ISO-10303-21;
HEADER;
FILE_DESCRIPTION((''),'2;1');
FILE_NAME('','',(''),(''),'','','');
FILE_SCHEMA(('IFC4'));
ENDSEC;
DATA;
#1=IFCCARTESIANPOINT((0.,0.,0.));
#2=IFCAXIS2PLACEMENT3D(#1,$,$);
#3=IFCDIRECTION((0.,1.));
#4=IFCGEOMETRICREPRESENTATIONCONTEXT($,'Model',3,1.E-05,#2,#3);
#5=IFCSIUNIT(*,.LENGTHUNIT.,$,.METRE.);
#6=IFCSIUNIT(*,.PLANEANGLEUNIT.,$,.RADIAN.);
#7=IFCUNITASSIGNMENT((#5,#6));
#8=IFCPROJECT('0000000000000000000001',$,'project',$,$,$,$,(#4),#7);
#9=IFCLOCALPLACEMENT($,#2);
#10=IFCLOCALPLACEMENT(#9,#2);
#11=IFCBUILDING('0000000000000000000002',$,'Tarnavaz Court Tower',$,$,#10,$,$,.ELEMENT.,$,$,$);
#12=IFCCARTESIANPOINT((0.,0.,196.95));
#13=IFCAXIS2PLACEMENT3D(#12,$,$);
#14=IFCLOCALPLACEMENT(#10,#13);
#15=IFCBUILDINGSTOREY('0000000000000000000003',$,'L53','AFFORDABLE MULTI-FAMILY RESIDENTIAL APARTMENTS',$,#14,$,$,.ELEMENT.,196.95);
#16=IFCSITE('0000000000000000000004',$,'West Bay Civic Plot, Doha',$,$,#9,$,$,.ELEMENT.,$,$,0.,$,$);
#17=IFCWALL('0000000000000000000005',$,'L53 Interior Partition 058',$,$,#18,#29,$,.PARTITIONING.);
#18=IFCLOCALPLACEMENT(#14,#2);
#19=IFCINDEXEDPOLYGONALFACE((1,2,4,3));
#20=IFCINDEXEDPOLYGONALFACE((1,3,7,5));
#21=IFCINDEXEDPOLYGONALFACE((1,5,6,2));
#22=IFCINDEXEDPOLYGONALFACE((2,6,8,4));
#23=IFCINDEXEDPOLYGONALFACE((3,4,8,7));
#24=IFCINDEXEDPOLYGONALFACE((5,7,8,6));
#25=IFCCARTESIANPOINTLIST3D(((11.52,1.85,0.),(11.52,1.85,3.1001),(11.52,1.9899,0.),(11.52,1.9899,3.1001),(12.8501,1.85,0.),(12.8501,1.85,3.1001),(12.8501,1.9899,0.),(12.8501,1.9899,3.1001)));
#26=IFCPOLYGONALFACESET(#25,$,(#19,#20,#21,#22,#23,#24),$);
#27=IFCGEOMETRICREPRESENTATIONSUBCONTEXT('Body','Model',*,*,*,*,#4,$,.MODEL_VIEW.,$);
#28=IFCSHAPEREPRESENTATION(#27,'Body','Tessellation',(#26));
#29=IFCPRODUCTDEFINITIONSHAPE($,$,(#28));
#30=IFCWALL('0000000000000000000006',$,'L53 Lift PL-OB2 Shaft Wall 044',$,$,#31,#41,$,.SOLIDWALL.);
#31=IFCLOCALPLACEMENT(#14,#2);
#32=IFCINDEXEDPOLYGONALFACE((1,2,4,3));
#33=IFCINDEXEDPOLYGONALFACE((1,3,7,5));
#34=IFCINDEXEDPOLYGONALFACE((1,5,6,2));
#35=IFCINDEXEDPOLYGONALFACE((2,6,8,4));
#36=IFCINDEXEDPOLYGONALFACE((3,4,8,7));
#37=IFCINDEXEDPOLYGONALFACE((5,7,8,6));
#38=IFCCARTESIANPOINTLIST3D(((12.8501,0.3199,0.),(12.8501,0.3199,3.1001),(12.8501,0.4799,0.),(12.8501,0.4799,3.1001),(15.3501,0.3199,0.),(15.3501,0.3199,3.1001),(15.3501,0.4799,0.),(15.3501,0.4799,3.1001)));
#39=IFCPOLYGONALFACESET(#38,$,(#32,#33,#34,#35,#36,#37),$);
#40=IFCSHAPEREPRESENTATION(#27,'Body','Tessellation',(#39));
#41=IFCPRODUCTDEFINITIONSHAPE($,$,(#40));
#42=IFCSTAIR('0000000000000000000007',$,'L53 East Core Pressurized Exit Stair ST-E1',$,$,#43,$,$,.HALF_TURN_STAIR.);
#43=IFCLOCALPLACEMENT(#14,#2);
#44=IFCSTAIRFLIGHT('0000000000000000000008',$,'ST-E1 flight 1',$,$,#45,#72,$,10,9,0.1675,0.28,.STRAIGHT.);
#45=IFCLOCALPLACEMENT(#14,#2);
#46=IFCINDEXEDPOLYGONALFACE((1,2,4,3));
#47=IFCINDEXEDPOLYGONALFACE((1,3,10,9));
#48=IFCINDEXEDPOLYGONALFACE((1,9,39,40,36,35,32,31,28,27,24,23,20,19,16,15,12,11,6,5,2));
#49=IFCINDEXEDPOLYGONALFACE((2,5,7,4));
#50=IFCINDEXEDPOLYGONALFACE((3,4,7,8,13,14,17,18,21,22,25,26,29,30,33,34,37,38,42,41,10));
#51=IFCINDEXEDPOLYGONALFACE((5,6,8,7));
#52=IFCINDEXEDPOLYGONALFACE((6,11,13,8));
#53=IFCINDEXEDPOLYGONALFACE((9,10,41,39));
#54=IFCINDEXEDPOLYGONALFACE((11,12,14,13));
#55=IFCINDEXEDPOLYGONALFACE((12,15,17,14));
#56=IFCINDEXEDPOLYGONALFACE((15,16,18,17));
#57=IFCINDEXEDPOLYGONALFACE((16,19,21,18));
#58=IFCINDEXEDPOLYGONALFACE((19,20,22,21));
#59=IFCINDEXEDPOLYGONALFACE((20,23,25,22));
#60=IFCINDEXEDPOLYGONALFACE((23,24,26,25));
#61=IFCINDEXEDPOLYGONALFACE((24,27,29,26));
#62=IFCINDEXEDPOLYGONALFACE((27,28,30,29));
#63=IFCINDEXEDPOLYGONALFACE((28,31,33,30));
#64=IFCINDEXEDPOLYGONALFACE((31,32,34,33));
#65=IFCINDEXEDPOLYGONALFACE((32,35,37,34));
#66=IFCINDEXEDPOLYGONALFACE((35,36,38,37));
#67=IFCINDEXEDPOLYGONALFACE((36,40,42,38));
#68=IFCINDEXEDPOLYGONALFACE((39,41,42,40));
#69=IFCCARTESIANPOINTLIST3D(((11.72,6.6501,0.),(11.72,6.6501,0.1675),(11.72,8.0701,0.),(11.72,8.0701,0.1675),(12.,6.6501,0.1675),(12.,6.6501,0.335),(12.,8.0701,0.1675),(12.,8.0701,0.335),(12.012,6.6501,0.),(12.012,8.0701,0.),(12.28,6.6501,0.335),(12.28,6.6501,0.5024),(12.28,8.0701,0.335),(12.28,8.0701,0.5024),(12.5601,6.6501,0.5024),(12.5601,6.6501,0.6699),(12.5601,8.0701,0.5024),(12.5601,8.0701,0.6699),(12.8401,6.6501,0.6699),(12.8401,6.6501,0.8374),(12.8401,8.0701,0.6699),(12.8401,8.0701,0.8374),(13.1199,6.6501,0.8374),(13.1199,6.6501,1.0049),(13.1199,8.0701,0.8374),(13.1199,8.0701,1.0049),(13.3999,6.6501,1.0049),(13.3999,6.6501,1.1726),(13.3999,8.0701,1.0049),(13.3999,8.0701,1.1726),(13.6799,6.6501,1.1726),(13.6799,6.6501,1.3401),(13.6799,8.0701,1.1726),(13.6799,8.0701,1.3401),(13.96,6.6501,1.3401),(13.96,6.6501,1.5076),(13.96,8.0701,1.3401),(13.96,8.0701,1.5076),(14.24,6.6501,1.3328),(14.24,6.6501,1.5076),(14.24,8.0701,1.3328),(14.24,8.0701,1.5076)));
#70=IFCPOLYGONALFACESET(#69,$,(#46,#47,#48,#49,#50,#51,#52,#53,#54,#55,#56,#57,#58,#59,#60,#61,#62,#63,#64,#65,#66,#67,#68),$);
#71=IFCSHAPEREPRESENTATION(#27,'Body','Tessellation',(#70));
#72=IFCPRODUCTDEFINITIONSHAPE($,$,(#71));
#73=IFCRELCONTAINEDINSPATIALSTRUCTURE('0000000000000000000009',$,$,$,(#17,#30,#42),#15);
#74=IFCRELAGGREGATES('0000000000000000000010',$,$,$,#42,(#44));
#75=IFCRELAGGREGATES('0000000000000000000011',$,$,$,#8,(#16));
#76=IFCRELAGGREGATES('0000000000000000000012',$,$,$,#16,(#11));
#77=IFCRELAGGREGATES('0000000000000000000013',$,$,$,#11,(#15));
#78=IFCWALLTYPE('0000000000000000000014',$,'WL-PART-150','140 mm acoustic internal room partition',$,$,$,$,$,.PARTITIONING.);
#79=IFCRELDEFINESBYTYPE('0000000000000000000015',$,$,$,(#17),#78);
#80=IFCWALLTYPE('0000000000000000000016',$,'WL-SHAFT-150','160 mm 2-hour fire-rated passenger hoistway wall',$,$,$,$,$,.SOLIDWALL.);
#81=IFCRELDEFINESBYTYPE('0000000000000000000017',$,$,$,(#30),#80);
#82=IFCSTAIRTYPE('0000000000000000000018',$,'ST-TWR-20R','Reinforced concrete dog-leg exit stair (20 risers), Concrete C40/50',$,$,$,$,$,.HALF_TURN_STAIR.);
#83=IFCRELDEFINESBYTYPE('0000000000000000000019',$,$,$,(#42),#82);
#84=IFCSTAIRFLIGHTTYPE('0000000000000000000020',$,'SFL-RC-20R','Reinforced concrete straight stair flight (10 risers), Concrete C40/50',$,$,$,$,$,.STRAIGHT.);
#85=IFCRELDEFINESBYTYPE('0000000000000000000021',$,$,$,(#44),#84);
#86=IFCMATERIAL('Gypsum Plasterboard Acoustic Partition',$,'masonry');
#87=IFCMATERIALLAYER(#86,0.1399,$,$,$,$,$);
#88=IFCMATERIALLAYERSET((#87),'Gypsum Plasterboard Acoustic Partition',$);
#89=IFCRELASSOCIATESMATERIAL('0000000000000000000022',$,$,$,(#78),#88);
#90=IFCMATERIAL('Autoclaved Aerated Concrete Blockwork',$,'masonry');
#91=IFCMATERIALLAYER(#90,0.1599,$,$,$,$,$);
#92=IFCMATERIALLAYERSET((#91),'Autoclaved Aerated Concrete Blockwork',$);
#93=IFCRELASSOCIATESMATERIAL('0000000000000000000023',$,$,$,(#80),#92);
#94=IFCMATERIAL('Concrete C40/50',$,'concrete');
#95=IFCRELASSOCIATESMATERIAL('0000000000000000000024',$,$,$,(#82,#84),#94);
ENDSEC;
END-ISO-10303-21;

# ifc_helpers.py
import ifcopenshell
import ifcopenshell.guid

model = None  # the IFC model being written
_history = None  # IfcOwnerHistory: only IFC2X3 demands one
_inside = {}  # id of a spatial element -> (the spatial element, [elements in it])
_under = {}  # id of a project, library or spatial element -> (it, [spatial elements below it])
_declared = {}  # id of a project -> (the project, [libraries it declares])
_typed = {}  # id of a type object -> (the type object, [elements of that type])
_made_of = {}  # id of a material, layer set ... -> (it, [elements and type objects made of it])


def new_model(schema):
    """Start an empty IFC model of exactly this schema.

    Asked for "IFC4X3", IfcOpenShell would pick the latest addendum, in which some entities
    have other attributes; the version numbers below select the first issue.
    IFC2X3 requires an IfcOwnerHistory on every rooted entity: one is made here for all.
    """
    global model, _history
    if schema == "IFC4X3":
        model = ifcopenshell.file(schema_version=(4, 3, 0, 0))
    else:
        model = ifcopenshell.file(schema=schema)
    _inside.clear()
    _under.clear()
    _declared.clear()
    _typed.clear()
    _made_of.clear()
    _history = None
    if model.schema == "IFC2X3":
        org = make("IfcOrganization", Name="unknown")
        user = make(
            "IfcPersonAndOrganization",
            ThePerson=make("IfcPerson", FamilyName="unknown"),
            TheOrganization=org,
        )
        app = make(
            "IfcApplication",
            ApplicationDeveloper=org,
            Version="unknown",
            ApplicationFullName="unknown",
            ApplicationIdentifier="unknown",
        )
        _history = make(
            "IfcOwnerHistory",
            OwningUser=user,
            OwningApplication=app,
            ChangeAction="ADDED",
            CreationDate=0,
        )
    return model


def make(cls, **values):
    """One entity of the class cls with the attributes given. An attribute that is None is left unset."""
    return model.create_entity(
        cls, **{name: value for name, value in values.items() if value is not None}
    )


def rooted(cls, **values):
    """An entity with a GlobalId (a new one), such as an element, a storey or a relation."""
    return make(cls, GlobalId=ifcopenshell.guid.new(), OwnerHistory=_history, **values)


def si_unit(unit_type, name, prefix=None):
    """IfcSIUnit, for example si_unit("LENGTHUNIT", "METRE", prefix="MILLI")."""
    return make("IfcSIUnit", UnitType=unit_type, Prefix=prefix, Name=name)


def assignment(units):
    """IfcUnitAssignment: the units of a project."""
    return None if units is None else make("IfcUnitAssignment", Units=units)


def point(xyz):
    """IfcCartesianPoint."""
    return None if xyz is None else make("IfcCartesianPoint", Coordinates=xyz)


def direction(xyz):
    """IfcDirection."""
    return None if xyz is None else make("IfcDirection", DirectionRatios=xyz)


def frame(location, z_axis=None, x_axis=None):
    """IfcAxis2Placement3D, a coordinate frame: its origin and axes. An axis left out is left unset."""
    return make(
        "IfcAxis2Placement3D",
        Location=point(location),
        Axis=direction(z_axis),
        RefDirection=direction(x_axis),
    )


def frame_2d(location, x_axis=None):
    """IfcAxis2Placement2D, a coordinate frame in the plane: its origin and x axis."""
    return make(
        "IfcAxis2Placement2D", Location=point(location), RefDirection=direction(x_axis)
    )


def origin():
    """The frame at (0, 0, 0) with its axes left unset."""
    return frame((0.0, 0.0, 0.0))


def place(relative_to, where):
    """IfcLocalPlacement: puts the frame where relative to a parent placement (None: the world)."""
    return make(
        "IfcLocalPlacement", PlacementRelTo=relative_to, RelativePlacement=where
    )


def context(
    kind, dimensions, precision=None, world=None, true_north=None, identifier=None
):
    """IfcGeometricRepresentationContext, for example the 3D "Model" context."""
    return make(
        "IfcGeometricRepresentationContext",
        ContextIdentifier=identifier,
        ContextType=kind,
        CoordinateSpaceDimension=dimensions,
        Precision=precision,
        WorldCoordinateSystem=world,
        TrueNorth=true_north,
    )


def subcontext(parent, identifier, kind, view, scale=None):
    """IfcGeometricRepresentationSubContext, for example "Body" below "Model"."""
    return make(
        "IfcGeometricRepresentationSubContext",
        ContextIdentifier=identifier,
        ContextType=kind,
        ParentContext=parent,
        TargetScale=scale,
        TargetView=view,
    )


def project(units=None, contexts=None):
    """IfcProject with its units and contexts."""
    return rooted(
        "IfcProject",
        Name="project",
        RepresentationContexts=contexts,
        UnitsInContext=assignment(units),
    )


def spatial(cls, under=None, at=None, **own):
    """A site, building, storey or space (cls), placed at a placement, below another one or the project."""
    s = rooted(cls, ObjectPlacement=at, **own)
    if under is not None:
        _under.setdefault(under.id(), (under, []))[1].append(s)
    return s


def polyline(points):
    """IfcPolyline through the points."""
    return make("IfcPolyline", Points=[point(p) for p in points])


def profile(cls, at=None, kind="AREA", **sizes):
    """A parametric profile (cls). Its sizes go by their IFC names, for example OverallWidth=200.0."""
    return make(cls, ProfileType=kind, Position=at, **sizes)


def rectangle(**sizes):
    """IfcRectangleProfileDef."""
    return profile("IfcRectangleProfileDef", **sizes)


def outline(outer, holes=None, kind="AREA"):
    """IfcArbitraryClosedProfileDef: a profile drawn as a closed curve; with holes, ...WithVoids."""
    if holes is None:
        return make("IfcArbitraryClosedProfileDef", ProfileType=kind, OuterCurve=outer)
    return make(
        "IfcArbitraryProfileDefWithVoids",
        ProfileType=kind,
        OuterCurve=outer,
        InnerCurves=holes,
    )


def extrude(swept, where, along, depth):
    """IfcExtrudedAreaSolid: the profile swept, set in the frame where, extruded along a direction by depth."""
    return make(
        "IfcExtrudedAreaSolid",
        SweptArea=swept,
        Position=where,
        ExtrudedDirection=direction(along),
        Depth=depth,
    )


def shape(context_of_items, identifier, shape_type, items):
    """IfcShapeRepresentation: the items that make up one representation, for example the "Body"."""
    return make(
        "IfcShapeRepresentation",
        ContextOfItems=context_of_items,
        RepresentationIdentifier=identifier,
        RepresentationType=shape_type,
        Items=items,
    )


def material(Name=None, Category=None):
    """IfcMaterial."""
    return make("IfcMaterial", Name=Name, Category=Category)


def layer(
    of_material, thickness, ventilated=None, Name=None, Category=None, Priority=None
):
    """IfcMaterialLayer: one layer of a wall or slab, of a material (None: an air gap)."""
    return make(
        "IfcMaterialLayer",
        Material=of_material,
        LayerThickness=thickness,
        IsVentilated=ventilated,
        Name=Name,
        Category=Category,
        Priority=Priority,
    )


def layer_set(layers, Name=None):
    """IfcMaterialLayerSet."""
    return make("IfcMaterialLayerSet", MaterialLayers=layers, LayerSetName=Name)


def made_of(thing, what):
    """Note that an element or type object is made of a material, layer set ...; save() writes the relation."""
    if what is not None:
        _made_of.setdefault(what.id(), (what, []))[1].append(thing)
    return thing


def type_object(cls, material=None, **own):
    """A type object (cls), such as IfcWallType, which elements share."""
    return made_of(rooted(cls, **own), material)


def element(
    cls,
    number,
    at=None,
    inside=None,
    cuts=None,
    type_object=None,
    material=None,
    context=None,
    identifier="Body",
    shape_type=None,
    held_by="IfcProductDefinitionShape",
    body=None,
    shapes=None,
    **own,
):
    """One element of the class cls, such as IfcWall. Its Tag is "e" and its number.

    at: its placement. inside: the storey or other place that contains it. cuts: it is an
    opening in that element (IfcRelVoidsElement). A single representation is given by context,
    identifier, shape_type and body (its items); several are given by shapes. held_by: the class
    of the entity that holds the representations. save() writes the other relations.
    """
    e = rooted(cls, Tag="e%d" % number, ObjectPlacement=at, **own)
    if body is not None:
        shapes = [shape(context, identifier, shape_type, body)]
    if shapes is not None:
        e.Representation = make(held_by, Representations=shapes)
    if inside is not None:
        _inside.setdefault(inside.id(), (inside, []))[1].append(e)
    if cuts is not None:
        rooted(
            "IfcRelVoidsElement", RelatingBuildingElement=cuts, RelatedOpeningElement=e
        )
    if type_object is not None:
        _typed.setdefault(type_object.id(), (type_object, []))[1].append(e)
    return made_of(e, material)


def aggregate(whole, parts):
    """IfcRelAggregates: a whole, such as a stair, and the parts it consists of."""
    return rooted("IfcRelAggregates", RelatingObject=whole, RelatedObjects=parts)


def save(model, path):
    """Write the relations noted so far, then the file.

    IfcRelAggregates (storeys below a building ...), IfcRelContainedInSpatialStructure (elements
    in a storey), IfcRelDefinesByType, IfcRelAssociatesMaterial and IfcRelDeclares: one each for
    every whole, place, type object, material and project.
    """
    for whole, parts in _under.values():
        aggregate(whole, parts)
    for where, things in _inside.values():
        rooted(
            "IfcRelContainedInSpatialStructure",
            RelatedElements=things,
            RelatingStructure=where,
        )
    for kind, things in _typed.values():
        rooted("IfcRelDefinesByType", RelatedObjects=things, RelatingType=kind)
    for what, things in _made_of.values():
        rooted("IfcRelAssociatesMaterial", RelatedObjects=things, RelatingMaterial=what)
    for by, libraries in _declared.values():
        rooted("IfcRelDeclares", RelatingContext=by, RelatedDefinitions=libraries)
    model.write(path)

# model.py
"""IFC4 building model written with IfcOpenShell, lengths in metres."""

from ifc_helpers import new_model, si_unit, direction, frame, frame_2d, origin, place, context, subcontext, project, spatial, polyline, rectangle, outline, extrude, material, layer, layer_set, type_object, element, aggregate, save


model = new_model("IFC4")

# Units and contexts
model_context = context("Model", 3, precision=1e-05, world=origin(), true_north=direction((0.0, 1.0)))
body_context = subcontext(model_context, "Body", "Model", "MODEL_VIEW")
ifc_project = project(units=[si_unit("LENGTHUNIT", "METRE"), si_unit("PLANEANGLEUNIT", "RADIAN")], contexts=[model_context])

# Site, building, storey
site_placement = place(None, origin())
site = spatial("IfcSite", under=ifc_project, at=site_placement, Name="West Bay Civic Plot, Doha", CompositionType="ELEMENT", RefElevation=0.0)
building_placement = place(site_placement, origin())
building = spatial("IfcBuilding", under=site, at=building_placement, Name="Tarnavaz Court Tower", CompositionType="ELEMENT")
storey_placement = place(building_placement, frame((0.0, 0.0, 196.95)))
storey = spatial("IfcBuildingStorey", under=building, at=storey_placement, Name="L53", Description="AFFORDABLE MULTI-FAMILY RESIDENTIAL APARTMENTS", CompositionType="ELEMENT", Elevation=196.95)

# Shared definitions
ifc_material_1 = material(Name="Autoclaved Aerated Concrete Blockwork", Category="masonry")

# Walls
ifc_material_2 = material(Name="Gypsum Plasterboard Acoustic Partition", Category="masonry")
ifc_layer_1 = layer(ifc_material_2, 0.1399)
ifc_layer_set_1 = layer_set([ifc_layer_1], Name="Gypsum Plasterboard Acoustic Partition")
wall_type_1 = type_object("IfcWallType", Name="WL-PART-150", Description="140 mm acoustic internal room partition", PredefinedType="PARTITIONING", material=ifc_layer_set_1)
wall_1_placement = place(storey_placement, frame((11.52, 1.9199, 0.0), z_axis=(0.0, 0.0, 1.0), x_axis=(1.0, 0.0, 0.0)))
element("IfcWall", 1, at=wall_1_placement, inside=storey, type_object=wall_type_1, Name="L53 Interior Partition 058", PredefinedType="PARTITIONING", context=body_context, shape_type="SweptSolid", body=[
    extrude(rectangle(XDim=1.3301, YDim=0.1399, at=frame_2d((0.665, 0.0))), origin(), (0.0, 0.0, 1.0), 3.1001),
])
ifc_layer_2 = layer(ifc_material_1, 0.1599)
ifc_layer_set_2 = layer_set([ifc_layer_2], Name="Autoclaved Aerated Concrete Blockwork")
wall_type_2 = type_object("IfcWallType", Name="WL-SHAFT-150", Description="160 mm 2-hour fire-rated passenger hoistway wall", PredefinedType="SOLIDWALL", material=ifc_layer_set_2)
wall_2_placement = place(storey_placement, frame((12.8501, 0.3999, 0.0), z_axis=(0.0, 0.0, 1.0), x_axis=(1.0, 0.0, 0.0)))
element("IfcWall", 2, at=wall_2_placement, inside=storey, type_object=wall_type_2, Name="L53 Lift PL-OB2 Shaft Wall 044", PredefinedType="SOLIDWALL", context=body_context, shape_type="SweptSolid", body=[
    extrude(rectangle(XDim=2.5, YDim=0.1599, at=frame_2d((1.25, 0.0))), origin(), (0.0, 0.0, 1.0), 3.1001),
])

# Stair, stair flight
ifc_material_3 = material(Name="Concrete C40/50", Category="concrete")
stair_type = type_object("IfcStairType", Name="ST-TWR-20R", Description="Reinforced concrete dog-leg exit stair (20 risers), Concrete C40/50", PredefinedType="HALF_TURN_STAIR", material=ifc_material_3)
stair_placement = place(storey_placement, origin())
stair = element("IfcStair", 3, at=stair_placement, inside=storey, type_object=stair_type, Name="L53 East Core Pressurized Exit Stair ST-E1", PredefinedType="HALF_TURN_STAIR")
stair_flight_type = type_object("IfcStairFlightType", Name="SFL-RC-20R", Description="Reinforced concrete straight stair flight (10 risers), Concrete C40/50", PredefinedType="STRAIGHT", material=ifc_material_3)
stair_flight_placement = place(storey_placement, frame((11.72, 7.3601, 0.0), z_axis=(0.0, 0.0, 1.0), x_axis=(1.0, 0.0, 0.0)))
stair_flight = element("IfcStairFlight", 4, at=stair_flight_placement, type_object=stair_flight_type, Name="ST-E1 flight 1", NumberOfRisers=10, NumberOfTreads=9, PredefinedType="STRAIGHT", RiserHeight=0.1675, TreadLength=0.28, context=body_context, shape_type="SweptSolid", body=[
    extrude(outline(polyline([(0.0, 0.0), (0.0, 0.1675), (0.28, 0.1675), (0.28, 0.335), (0.5601, 0.335), (0.5601, 0.5024), (0.8401, 0.5024), (0.8401, 0.6699), (1.1201, 0.6699), (1.1201, 0.8374), (1.3999, 0.8374), (1.3999, 1.0049), (1.6799, 1.0049), (1.6799, 1.1726), (1.96, 1.1726), (1.96, 1.3401), (2.24, 1.3401), (2.24, 1.5076), (2.52, 1.5076), (2.52, 1.675), (2.52, 1.3328), (0.292, 0.0), (0.0, 0.0)])), frame((0.0, 0.71, 0.0), z_axis=(0.0, -1.0, 0.0), x_axis=(1.0, 0.0, 0.0)), (0.0, 0.0, 1.0), 1.4199),
])
aggregate(stair, [stair_flight])

save(model, "model.ifc")
